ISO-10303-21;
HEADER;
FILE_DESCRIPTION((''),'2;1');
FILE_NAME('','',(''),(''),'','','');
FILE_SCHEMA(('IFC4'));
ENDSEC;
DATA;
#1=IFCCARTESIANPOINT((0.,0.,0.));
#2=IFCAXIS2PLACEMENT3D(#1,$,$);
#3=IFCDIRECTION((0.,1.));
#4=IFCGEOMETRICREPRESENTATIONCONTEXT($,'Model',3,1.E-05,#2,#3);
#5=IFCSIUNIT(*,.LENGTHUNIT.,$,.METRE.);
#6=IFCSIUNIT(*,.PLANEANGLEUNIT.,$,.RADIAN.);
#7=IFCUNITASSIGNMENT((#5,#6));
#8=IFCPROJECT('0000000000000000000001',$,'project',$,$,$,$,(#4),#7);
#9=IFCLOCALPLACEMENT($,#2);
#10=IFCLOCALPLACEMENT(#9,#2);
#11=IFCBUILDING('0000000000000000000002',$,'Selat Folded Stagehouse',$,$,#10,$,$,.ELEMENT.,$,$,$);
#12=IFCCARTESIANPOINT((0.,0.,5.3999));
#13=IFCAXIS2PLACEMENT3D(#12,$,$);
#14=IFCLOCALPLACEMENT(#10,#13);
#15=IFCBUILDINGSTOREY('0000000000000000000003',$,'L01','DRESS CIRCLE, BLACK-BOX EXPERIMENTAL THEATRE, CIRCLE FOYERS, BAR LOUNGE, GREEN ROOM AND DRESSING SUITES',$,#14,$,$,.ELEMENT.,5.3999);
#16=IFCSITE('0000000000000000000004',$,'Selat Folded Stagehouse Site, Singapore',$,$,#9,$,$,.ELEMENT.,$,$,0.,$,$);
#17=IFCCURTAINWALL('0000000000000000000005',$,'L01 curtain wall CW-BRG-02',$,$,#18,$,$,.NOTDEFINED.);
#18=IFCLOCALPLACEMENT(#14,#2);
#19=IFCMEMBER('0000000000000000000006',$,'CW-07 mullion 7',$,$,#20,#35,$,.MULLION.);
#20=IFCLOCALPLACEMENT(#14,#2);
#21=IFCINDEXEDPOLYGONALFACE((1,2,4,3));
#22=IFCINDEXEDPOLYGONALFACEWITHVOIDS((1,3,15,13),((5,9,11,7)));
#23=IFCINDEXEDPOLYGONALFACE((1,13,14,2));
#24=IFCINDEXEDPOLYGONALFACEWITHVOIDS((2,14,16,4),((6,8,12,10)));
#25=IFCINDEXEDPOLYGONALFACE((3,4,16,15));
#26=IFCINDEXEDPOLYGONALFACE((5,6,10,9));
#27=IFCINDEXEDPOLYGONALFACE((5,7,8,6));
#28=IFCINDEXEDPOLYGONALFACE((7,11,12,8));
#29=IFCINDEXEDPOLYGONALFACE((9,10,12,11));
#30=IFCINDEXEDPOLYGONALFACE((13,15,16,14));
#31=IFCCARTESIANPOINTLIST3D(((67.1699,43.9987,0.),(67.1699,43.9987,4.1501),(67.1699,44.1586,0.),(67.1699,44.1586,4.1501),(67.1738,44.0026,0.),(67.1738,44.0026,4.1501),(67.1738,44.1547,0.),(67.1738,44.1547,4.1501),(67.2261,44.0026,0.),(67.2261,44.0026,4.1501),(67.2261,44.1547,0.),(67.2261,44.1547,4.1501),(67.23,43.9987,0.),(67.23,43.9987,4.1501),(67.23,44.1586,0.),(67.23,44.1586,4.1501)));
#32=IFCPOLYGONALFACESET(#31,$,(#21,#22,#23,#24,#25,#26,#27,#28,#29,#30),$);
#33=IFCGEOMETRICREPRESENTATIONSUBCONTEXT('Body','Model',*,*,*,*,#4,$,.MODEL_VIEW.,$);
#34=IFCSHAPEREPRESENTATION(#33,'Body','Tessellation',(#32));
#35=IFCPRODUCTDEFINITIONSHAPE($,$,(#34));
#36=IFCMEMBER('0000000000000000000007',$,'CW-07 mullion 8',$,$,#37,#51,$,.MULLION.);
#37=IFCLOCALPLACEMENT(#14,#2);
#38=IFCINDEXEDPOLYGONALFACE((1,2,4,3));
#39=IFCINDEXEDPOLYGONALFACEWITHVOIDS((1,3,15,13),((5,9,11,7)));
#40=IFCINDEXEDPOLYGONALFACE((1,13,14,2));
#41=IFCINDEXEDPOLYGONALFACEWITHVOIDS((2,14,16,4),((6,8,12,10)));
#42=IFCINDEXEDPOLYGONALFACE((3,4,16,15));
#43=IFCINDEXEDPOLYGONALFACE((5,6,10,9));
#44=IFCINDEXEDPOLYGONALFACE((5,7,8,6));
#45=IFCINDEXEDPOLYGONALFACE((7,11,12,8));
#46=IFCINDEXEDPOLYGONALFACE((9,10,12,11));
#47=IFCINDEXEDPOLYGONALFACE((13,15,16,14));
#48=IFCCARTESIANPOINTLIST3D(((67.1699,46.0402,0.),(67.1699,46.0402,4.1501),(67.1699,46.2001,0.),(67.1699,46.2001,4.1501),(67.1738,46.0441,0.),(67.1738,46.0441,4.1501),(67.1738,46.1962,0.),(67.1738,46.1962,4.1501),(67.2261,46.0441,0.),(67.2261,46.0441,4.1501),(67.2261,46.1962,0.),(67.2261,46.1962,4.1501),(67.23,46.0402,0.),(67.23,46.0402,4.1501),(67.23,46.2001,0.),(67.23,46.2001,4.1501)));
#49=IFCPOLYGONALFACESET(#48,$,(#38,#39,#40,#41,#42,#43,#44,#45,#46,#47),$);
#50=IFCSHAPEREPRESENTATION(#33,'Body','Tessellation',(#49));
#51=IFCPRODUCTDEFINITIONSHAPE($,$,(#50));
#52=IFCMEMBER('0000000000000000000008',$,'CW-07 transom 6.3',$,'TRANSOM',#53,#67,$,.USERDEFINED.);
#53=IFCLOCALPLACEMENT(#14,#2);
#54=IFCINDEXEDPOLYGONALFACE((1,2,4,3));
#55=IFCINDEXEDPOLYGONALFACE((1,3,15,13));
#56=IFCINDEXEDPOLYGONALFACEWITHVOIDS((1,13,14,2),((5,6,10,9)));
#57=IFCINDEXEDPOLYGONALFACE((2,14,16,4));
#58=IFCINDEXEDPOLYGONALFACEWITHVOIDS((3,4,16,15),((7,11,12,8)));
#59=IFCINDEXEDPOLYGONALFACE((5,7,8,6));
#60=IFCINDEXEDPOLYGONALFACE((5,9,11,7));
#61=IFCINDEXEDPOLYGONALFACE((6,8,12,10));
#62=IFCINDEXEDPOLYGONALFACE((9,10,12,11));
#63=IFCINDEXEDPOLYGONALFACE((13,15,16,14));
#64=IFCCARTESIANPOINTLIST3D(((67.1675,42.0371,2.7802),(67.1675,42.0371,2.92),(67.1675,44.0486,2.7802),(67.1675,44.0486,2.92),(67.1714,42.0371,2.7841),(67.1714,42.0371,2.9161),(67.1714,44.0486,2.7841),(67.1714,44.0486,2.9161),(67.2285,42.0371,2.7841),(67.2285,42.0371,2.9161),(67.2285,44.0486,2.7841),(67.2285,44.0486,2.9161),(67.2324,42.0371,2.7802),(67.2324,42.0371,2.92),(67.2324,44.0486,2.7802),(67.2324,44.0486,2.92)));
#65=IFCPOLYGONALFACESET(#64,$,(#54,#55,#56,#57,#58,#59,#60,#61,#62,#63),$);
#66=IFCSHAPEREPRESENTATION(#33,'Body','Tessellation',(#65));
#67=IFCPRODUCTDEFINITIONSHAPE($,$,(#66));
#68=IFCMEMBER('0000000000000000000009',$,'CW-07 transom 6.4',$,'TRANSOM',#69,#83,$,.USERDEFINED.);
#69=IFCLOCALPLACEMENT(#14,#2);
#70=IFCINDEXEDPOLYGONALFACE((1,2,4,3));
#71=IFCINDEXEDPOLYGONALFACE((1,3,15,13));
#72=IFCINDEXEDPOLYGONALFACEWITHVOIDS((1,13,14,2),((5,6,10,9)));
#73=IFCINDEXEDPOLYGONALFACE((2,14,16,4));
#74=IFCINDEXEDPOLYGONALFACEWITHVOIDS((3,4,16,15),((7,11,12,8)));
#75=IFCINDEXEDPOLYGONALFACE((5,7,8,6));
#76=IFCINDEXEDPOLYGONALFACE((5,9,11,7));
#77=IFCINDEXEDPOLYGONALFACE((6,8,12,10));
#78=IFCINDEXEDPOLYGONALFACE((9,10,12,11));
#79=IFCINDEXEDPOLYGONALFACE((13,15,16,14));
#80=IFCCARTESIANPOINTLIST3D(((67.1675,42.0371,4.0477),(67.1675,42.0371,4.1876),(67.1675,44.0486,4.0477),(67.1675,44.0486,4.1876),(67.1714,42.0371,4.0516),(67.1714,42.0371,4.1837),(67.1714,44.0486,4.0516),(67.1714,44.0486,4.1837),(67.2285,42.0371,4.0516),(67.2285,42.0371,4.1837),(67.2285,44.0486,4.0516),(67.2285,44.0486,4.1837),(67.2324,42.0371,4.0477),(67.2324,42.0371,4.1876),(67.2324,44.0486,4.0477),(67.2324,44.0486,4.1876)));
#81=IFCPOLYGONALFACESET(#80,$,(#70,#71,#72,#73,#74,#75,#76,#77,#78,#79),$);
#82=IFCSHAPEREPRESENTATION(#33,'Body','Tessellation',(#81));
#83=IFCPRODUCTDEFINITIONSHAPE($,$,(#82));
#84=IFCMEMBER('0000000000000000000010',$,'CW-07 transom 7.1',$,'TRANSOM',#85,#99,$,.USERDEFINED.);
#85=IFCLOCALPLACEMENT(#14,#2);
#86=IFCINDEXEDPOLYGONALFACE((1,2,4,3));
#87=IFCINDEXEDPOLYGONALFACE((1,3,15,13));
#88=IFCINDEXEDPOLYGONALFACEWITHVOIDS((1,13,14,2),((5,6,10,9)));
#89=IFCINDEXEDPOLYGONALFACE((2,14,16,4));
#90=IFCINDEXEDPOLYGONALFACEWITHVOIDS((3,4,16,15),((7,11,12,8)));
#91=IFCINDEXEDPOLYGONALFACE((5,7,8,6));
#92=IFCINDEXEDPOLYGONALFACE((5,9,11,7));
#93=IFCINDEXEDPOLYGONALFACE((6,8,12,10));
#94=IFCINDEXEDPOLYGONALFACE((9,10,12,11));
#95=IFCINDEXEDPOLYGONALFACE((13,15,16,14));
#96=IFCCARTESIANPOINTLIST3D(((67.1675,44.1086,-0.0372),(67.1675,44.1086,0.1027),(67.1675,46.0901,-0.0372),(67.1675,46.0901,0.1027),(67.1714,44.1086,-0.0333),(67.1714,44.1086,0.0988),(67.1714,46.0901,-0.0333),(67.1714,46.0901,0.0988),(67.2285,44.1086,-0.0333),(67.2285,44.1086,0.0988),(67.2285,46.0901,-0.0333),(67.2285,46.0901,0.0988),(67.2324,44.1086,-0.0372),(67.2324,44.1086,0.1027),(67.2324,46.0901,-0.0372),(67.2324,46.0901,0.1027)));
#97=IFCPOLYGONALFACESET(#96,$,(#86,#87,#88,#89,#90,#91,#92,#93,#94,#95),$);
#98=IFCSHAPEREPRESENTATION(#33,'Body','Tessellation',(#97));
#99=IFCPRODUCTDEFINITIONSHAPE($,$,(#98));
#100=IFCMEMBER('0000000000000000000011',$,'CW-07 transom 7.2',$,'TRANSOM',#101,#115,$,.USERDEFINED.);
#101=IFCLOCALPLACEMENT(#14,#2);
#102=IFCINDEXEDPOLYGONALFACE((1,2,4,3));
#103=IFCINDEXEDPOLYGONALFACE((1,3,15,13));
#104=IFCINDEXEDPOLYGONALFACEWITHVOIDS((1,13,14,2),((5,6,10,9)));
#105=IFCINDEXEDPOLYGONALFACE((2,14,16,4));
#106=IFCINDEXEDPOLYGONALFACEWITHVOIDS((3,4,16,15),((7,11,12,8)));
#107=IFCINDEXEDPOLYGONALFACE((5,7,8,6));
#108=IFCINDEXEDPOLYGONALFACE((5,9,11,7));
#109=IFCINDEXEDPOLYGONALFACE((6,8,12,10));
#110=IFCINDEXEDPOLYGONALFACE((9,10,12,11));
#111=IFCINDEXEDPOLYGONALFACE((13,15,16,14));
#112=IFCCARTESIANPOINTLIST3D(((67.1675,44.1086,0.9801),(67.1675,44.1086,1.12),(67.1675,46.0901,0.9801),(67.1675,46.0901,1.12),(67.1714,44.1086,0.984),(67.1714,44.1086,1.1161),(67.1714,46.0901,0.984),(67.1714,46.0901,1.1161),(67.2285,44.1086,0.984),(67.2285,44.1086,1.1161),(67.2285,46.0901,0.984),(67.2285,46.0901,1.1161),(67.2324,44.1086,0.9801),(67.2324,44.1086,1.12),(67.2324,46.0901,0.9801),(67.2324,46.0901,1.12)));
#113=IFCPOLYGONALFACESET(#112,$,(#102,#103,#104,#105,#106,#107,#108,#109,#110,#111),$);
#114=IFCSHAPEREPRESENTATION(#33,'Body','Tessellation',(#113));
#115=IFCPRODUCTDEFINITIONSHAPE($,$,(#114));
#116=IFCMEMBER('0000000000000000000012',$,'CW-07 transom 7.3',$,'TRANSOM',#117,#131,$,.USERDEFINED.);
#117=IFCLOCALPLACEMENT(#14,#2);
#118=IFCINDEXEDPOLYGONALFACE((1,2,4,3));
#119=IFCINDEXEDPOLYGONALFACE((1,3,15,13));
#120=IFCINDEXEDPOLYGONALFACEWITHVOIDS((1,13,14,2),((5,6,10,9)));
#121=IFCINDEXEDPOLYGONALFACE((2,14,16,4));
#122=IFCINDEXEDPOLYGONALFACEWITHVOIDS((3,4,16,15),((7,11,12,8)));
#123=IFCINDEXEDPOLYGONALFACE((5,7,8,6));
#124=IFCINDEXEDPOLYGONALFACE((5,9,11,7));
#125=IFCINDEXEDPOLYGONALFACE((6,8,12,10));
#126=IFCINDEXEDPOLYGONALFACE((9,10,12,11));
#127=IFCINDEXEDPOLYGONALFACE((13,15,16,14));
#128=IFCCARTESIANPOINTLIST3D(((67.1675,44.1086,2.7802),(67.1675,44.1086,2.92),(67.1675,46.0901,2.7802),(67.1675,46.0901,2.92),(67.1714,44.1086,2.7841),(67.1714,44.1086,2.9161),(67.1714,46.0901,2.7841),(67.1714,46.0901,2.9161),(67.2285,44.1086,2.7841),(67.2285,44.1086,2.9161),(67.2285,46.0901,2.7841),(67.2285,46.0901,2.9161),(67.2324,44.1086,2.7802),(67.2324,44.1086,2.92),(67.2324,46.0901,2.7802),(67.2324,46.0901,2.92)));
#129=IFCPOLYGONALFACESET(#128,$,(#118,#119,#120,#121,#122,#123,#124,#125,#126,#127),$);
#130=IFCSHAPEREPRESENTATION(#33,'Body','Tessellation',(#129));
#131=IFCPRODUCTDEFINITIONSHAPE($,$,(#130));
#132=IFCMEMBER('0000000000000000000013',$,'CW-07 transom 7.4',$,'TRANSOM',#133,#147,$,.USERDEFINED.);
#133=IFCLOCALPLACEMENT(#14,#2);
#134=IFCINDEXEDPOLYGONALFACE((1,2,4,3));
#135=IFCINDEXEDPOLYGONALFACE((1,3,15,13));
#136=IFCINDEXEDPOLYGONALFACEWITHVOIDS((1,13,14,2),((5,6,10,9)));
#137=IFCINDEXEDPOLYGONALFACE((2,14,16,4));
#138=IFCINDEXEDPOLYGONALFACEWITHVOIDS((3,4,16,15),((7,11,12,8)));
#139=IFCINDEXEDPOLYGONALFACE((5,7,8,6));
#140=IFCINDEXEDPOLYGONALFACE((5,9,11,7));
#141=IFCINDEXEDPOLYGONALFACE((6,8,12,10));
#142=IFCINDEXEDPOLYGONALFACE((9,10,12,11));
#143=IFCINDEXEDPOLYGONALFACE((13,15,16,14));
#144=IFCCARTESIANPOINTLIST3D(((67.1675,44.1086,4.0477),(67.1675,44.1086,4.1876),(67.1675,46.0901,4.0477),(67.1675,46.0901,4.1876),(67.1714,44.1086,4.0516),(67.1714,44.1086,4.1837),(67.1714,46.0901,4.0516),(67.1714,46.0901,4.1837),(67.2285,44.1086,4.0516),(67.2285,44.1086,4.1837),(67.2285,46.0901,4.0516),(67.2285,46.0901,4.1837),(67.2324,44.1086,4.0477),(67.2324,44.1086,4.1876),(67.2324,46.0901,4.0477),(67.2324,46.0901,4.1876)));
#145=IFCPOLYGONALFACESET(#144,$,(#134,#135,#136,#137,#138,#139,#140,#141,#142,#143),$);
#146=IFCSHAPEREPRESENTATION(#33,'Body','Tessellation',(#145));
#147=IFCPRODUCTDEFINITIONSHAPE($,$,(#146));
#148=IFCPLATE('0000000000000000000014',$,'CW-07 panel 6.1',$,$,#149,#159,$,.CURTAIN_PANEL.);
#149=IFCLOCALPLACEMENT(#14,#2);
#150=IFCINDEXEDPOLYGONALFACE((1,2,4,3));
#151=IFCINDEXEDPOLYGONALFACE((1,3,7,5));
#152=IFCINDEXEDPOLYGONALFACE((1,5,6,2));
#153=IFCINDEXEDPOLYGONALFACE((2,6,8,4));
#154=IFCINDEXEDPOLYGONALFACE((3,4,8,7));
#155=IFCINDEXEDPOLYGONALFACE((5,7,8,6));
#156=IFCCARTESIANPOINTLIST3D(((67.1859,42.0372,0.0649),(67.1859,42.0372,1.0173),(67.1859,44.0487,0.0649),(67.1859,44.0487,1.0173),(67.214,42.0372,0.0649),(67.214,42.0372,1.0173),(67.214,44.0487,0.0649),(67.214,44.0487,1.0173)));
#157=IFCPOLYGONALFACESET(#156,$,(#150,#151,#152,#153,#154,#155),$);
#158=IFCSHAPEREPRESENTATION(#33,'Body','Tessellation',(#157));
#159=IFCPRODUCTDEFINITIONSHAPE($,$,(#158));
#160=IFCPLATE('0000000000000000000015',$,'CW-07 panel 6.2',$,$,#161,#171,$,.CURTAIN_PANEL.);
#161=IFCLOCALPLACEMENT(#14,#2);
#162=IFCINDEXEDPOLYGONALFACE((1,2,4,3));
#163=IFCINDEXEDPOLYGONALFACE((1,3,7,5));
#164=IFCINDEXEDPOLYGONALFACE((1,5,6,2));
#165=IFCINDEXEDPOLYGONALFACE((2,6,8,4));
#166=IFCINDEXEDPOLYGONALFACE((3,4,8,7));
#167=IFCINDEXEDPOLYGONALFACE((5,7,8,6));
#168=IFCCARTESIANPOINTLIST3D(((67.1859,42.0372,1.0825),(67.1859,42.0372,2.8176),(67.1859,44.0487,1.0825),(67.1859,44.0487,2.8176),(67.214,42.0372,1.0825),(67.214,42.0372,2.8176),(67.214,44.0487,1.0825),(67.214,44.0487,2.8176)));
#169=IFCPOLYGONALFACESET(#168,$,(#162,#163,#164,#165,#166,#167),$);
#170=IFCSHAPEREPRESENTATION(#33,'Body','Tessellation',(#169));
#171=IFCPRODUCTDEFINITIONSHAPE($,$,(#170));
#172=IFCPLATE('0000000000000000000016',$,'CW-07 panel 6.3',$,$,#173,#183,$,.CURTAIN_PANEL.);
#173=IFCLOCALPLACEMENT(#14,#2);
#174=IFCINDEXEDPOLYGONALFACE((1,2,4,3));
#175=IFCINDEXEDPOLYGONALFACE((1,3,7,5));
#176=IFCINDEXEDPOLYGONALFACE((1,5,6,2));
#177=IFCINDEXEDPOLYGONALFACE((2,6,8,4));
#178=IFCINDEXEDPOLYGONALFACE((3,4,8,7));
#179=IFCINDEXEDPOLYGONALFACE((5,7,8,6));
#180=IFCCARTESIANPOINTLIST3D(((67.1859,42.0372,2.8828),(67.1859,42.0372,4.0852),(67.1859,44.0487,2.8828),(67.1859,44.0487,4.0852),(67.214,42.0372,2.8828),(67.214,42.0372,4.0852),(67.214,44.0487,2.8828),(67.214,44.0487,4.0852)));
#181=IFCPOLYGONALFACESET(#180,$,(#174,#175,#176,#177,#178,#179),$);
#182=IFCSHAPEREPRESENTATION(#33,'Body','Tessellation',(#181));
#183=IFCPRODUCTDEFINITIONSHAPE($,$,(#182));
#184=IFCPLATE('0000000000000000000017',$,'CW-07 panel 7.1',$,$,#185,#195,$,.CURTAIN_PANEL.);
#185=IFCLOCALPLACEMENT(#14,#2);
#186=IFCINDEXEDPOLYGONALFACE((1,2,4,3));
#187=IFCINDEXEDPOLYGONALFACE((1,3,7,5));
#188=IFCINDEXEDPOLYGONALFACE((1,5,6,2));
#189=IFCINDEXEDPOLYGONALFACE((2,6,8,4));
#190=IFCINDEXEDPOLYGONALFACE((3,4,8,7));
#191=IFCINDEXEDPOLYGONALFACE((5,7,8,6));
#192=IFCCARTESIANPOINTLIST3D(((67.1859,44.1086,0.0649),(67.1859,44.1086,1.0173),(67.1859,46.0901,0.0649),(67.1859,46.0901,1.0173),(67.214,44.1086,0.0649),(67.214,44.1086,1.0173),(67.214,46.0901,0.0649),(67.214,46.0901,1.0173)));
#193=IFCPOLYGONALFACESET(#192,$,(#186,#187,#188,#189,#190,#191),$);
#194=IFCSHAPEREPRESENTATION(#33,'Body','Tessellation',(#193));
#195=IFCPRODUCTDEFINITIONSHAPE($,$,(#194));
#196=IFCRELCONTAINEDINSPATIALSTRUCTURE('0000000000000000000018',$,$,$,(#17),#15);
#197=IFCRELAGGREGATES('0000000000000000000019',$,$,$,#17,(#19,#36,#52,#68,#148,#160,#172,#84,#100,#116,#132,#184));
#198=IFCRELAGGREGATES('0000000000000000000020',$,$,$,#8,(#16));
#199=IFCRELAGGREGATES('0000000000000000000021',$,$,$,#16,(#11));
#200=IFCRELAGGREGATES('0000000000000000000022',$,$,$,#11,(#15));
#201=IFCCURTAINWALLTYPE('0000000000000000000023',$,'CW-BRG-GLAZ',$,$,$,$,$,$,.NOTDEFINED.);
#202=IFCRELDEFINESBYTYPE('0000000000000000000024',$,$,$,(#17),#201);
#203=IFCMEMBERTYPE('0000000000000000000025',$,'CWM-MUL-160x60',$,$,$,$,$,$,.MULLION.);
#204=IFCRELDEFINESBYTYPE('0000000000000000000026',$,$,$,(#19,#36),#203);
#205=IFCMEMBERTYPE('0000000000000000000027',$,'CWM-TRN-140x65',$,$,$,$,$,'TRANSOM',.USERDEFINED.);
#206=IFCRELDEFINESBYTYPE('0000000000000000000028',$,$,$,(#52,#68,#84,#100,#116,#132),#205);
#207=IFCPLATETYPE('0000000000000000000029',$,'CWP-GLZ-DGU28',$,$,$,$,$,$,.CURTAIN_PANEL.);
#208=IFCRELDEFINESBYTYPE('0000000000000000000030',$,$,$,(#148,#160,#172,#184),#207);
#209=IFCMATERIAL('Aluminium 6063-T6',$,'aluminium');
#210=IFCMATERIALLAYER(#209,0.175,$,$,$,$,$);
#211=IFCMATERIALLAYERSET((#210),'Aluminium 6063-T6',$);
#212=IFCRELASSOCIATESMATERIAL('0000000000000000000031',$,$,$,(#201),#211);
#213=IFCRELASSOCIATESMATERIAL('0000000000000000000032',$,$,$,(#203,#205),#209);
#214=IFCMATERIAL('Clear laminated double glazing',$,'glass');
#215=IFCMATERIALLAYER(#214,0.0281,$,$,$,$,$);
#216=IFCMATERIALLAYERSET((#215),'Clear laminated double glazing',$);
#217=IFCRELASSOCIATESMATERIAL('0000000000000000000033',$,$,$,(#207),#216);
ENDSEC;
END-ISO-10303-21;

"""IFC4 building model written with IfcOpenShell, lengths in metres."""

from ifc_helpers import new_model, si_unit, direction, frame, origin, origin_2d, place, context, subcontext, project, spatial, rectangle, hollow_rectangle, extrude, material, layer, layer_set, material_profile, profile_set, type_object, element, aggregate, save


model = new_model("IFC4")

# Units and contexts
model_context = context("Model", 3, precision=1e-05, world=origin(), true_north=direction((0.0, 1.0)))
body_context = subcontext(model_context, "Body", "Model", "MODEL_VIEW")
ifc_project = project(units=[si_unit("LENGTHUNIT", "METRE"), si_unit("PLANEANGLEUNIT", "RADIAN")], contexts=[model_context])

# Site, building, storey
site_placement = place(None, origin())
site = spatial("IfcSite", under=ifc_project, at=site_placement, Name="Selat Folded Stagehouse Site, Singapore", CompositionType="ELEMENT", RefElevation=0.0)
building_placement = place(site_placement, origin())
building = spatial("IfcBuilding", under=site, at=building_placement, Name="Selat Folded Stagehouse", CompositionType="ELEMENT")
storey_placement = place(building_placement, frame((0.0, 0.0, 5.3999)))
storey = spatial("IfcBuildingStorey", under=building, at=storey_placement, Name="L01", Description="DRESS CIRCLE, BLACK-BOX EXPERIMENTAL THEATRE, CIRCLE FOYERS, BAR LOUNGE, GREEN ROOM AND DRESSING SUITES", CompositionType="ELEMENT", Elevation=5.3999)

# Curtain wall, members, plates
ifc_material_1 = material(Name="Aluminium 6063-T6", Category="aluminium")
ifc_layer_1 = layer(ifc_material_1, 0.175)
ifc_layer_set_1 = layer_set([ifc_layer_1], Name="Aluminium 6063-T6")
curtain_wall_type = type_object("IfcCurtainWallType", Name="CW-BRG-GLAZ", PredefinedType="NOTDEFINED", material=ifc_layer_set_1)
curtain_wall_placement = place(storey_placement, origin())
curtain_wall = element("IfcCurtainWall", 1, at=curtain_wall_placement, inside=storey, type_object=curtain_wall_type, Name="L01 curtain wall CW-BRG-02", PredefinedType="NOTDEFINED")
ifc_material_profile_1 = material_profile(ifc_material_1, hollow_rectangle(XDim=0.0601, YDim=0.1599, WallThickness=0.0039, at=origin_2d()), Name="ALU 160x60x4.0")
ifc_profile_set_1 = profile_set([ifc_material_profile_1], Name="Aluminium 6063-T6")
member_type_1 = type_object("IfcMemberType", Name="CWM-MUL-160x60", PredefinedType="MULLION", material=ifc_profile_set_1)
member_1_placement = place(storey_placement, frame((67.2, 44.0786, 0.0), z_axis=(0.0, 0.0, 1.0), x_axis=(-1.0, 0.0, 0.0)))
member_1 = element("IfcMember", 2, at=member_1_placement, type_object=member_type_1, Name="CW-07 mullion 7", PredefinedType="MULLION", context=body_context, shape_type="SweptSolid", body=[
    extrude(hollow_rectangle(XDim=0.0601, YDim=0.1599, WallThickness=0.0039, at=origin_2d()), origin(), (0.0, 0.0, 1.0), 4.1501),
])
member_2_placement = place(storey_placement, frame((67.2, 46.1201, 0.0), z_axis=(0.0, 0.0, 1.0), x_axis=(-1.0, 0.0, 0.0)))
member_2 = element("IfcMember", 3, at=member_2_placement, type_object=member_type_1, Name="CW-07 mullion 8", PredefinedType="MULLION", context=body_context, shape_type="SweptSolid", body=[
    extrude(hollow_rectangle(XDim=0.0601, YDim=0.1599, WallThickness=0.0039, at=origin_2d()), origin(), (0.0, 0.0, 1.0), 4.1501),
])
ifc_material_profile_2 = material_profile(ifc_material_1, hollow_rectangle(XDim=0.0649, YDim=0.1399, WallThickness=0.0039, at=origin_2d()), Name="ALU 140x65x4.0")
ifc_profile_set_2 = profile_set([ifc_material_profile_2], Name="Aluminium 6063-T6")
member_type_2 = type_object("IfcMemberType", Name="CWM-TRN-140x65", ElementType="TRANSOM", PredefinedType="USERDEFINED", material=ifc_profile_set_2)
member_3_placement = place(storey_placement, frame((67.2, 42.0371, 2.8501), z_axis=(0.0, 1.0, 0.0), x_axis=(-1.0, 0.0, 0.0)))
member_3 = element("IfcMember", 4, at=member_3_placement, type_object=member_type_2, Name="CW-07 transom 6.3", ObjectType="TRANSOM", PredefinedType="USERDEFINED", context=body_context, shape_type="SweptSolid", body=[
    extrude(hollow_rectangle(XDim=0.0649, YDim=0.1399, WallThickness=0.0039, at=origin_2d()), origin(), (0.0, 0.0, 1.0), 2.0115),
])
member_4_placement = place(storey_placement, frame((67.2, 42.0371, 4.1177), z_axis=(0.0, 1.0, 0.0), x_axis=(-1.0, 0.0, 0.0)))
member_4 = element("IfcMember", 5, at=member_4_placement, type_object=member_type_2, Name="CW-07 transom 6.4", ObjectType="TRANSOM", PredefinedType="USERDEFINED", context=body_context, shape_type="SweptSolid", body=[
    extrude(hollow_rectangle(XDim=0.0649, YDim=0.1399, WallThickness=0.0039, at=origin_2d()), origin(), (0.0, 0.0, 1.0), 2.0115),
])
member_5_placement = place(storey_placement, frame((67.2, 44.1086, 0.0327), z_axis=(0.0, 1.0, 0.0), x_axis=(-1.0, 0.0, 0.0)))
member_5 = element("IfcMember", 6, at=member_5_placement, type_object=member_type_2, Name="CW-07 transom 7.1", ObjectType="TRANSOM", PredefinedType="USERDEFINED", context=body_context, shape_type="SweptSolid", body=[
    extrude(hollow_rectangle(XDim=0.0649, YDim=0.1399, WallThickness=0.0039, at=origin_2d()), origin(), (0.0, 0.0, 1.0), 1.9814),
])
member_6_placement = place(storey_placement, frame((67.2, 44.1086, 1.05), z_axis=(0.0, 1.0, 0.0), x_axis=(-1.0, 0.0, 0.0)))
member_6 = element("IfcMember", 7, at=member_6_placement, type_object=member_type_2, Name="CW-07 transom 7.2", ObjectType="TRANSOM", PredefinedType="USERDEFINED", context=body_context, shape_type="SweptSolid", body=[
    extrude(hollow_rectangle(XDim=0.0649, YDim=0.1399, WallThickness=0.0039, at=origin_2d()), origin(), (0.0, 0.0, 1.0), 1.9814),
])
member_7_placement = place(storey_placement, frame((67.2, 44.1086, 2.8501), z_axis=(0.0, 1.0, 0.0), x_axis=(-1.0, 0.0, 0.0)))
member_7 = element("IfcMember", 8, at=member_7_placement, type_object=member_type_2, Name="CW-07 transom 7.3", ObjectType="TRANSOM", PredefinedType="USERDEFINED", context=body_context, shape_type="SweptSolid", body=[
    extrude(hollow_rectangle(XDim=0.0649, YDim=0.1399, WallThickness=0.0039, at=origin_2d()), origin(), (0.0, 0.0, 1.0), 1.9814),
])
member_8_placement = place(storey_placement, frame((67.2, 44.1086, 4.1177), z_axis=(0.0, 1.0, 0.0), x_axis=(-1.0, 0.0, 0.0)))
member_8 = element("IfcMember", 9, at=member_8_placement, type_object=member_type_2, Name="CW-07 transom 7.4", ObjectType="TRANSOM", PredefinedType="USERDEFINED", context=body_context, shape_type="SweptSolid", body=[
    extrude(hollow_rectangle(XDim=0.0649, YDim=0.1399, WallThickness=0.0039, at=origin_2d()), origin(), (0.0, 0.0, 1.0), 1.9814),
])
ifc_material_2 = material(Name="Clear laminated double glazing", Category="glass")
ifc_layer_2 = layer(ifc_material_2, 0.0281)
ifc_layer_set_2 = layer_set([ifc_layer_2], Name="Clear laminated double glazing")
plate_type = type_object("IfcPlateType", Name="CWP-GLZ-DGU28", PredefinedType="CURTAIN_PANEL", material=ifc_layer_set_2)
plate_1_placement = place(storey_placement, frame((67.2, 43.043, 0.0649), z_axis=(0.0, 0.0, 1.0), x_axis=(0.0, 1.0, 0.0)))
plate_1 = element("IfcPlate", 10, at=plate_1_placement, type_object=plate_type, Name="CW-07 panel 6.1", PredefinedType="CURTAIN_PANEL", context=body_context, shape_type="SweptSolid", body=[
    extrude(rectangle(XDim=2.0115, YDim=0.0281, at=origin_2d()), origin(), (0.0, 0.0, 1.0), 0.9524),
])
plate_2_placement = place(storey_placement, frame((67.2, 43.043, 1.0825), z_axis=(0.0, 0.0, 1.0), x_axis=(0.0, 1.0, 0.0)))
plate_2 = element("IfcPlate", 11, at=plate_2_placement, type_object=plate_type, Name="CW-07 panel 6.2", PredefinedType="CURTAIN_PANEL", context=body_context, shape_type="SweptSolid", body=[
    extrude(rectangle(XDim=2.0115, YDim=0.0281, at=origin_2d()), origin(), (0.0, 0.0, 1.0), 1.7351),
])
plate_3_placement = place(storey_placement, frame((67.2, 43.043, 2.8828), z_axis=(0.0, 0.0, 1.0), x_axis=(0.0, 1.0, 0.0)))
plate_3 = element("IfcPlate", 12, at=plate_3_placement, type_object=plate_type, Name="CW-07 panel 6.3", PredefinedType="CURTAIN_PANEL", context=body_context, shape_type="SweptSolid", body=[
    extrude(rectangle(XDim=2.0115, YDim=0.0281, at=origin_2d()), origin(), (0.0, 0.0, 1.0), 1.2024),
])
plate_4_placement = place(storey_placement, frame((67.2, 45.0994, 0.0649), z_axis=(0.0, 0.0, 1.0), x_axis=(0.0, 1.0, 0.0)))
plate_4 = element("IfcPlate", 13, at=plate_4_placement, type_object=plate_type, Name="CW-07 panel 7.1", PredefinedType="CURTAIN_PANEL", context=body_context, shape_type="SweptSolid", body=[
    extrude(rectangle(XDim=1.9814, YDim=0.0281, at=origin_2d()), origin(), (0.0, 0.0, 1.0), 0.9524),
])
aggregate(curtain_wall, [member_1, member_2, member_3, member_4, plate_1, plate_2, plate_3, member_5, member_6, member_7, member_8, plate_4])

save(model, "model.ifc")
